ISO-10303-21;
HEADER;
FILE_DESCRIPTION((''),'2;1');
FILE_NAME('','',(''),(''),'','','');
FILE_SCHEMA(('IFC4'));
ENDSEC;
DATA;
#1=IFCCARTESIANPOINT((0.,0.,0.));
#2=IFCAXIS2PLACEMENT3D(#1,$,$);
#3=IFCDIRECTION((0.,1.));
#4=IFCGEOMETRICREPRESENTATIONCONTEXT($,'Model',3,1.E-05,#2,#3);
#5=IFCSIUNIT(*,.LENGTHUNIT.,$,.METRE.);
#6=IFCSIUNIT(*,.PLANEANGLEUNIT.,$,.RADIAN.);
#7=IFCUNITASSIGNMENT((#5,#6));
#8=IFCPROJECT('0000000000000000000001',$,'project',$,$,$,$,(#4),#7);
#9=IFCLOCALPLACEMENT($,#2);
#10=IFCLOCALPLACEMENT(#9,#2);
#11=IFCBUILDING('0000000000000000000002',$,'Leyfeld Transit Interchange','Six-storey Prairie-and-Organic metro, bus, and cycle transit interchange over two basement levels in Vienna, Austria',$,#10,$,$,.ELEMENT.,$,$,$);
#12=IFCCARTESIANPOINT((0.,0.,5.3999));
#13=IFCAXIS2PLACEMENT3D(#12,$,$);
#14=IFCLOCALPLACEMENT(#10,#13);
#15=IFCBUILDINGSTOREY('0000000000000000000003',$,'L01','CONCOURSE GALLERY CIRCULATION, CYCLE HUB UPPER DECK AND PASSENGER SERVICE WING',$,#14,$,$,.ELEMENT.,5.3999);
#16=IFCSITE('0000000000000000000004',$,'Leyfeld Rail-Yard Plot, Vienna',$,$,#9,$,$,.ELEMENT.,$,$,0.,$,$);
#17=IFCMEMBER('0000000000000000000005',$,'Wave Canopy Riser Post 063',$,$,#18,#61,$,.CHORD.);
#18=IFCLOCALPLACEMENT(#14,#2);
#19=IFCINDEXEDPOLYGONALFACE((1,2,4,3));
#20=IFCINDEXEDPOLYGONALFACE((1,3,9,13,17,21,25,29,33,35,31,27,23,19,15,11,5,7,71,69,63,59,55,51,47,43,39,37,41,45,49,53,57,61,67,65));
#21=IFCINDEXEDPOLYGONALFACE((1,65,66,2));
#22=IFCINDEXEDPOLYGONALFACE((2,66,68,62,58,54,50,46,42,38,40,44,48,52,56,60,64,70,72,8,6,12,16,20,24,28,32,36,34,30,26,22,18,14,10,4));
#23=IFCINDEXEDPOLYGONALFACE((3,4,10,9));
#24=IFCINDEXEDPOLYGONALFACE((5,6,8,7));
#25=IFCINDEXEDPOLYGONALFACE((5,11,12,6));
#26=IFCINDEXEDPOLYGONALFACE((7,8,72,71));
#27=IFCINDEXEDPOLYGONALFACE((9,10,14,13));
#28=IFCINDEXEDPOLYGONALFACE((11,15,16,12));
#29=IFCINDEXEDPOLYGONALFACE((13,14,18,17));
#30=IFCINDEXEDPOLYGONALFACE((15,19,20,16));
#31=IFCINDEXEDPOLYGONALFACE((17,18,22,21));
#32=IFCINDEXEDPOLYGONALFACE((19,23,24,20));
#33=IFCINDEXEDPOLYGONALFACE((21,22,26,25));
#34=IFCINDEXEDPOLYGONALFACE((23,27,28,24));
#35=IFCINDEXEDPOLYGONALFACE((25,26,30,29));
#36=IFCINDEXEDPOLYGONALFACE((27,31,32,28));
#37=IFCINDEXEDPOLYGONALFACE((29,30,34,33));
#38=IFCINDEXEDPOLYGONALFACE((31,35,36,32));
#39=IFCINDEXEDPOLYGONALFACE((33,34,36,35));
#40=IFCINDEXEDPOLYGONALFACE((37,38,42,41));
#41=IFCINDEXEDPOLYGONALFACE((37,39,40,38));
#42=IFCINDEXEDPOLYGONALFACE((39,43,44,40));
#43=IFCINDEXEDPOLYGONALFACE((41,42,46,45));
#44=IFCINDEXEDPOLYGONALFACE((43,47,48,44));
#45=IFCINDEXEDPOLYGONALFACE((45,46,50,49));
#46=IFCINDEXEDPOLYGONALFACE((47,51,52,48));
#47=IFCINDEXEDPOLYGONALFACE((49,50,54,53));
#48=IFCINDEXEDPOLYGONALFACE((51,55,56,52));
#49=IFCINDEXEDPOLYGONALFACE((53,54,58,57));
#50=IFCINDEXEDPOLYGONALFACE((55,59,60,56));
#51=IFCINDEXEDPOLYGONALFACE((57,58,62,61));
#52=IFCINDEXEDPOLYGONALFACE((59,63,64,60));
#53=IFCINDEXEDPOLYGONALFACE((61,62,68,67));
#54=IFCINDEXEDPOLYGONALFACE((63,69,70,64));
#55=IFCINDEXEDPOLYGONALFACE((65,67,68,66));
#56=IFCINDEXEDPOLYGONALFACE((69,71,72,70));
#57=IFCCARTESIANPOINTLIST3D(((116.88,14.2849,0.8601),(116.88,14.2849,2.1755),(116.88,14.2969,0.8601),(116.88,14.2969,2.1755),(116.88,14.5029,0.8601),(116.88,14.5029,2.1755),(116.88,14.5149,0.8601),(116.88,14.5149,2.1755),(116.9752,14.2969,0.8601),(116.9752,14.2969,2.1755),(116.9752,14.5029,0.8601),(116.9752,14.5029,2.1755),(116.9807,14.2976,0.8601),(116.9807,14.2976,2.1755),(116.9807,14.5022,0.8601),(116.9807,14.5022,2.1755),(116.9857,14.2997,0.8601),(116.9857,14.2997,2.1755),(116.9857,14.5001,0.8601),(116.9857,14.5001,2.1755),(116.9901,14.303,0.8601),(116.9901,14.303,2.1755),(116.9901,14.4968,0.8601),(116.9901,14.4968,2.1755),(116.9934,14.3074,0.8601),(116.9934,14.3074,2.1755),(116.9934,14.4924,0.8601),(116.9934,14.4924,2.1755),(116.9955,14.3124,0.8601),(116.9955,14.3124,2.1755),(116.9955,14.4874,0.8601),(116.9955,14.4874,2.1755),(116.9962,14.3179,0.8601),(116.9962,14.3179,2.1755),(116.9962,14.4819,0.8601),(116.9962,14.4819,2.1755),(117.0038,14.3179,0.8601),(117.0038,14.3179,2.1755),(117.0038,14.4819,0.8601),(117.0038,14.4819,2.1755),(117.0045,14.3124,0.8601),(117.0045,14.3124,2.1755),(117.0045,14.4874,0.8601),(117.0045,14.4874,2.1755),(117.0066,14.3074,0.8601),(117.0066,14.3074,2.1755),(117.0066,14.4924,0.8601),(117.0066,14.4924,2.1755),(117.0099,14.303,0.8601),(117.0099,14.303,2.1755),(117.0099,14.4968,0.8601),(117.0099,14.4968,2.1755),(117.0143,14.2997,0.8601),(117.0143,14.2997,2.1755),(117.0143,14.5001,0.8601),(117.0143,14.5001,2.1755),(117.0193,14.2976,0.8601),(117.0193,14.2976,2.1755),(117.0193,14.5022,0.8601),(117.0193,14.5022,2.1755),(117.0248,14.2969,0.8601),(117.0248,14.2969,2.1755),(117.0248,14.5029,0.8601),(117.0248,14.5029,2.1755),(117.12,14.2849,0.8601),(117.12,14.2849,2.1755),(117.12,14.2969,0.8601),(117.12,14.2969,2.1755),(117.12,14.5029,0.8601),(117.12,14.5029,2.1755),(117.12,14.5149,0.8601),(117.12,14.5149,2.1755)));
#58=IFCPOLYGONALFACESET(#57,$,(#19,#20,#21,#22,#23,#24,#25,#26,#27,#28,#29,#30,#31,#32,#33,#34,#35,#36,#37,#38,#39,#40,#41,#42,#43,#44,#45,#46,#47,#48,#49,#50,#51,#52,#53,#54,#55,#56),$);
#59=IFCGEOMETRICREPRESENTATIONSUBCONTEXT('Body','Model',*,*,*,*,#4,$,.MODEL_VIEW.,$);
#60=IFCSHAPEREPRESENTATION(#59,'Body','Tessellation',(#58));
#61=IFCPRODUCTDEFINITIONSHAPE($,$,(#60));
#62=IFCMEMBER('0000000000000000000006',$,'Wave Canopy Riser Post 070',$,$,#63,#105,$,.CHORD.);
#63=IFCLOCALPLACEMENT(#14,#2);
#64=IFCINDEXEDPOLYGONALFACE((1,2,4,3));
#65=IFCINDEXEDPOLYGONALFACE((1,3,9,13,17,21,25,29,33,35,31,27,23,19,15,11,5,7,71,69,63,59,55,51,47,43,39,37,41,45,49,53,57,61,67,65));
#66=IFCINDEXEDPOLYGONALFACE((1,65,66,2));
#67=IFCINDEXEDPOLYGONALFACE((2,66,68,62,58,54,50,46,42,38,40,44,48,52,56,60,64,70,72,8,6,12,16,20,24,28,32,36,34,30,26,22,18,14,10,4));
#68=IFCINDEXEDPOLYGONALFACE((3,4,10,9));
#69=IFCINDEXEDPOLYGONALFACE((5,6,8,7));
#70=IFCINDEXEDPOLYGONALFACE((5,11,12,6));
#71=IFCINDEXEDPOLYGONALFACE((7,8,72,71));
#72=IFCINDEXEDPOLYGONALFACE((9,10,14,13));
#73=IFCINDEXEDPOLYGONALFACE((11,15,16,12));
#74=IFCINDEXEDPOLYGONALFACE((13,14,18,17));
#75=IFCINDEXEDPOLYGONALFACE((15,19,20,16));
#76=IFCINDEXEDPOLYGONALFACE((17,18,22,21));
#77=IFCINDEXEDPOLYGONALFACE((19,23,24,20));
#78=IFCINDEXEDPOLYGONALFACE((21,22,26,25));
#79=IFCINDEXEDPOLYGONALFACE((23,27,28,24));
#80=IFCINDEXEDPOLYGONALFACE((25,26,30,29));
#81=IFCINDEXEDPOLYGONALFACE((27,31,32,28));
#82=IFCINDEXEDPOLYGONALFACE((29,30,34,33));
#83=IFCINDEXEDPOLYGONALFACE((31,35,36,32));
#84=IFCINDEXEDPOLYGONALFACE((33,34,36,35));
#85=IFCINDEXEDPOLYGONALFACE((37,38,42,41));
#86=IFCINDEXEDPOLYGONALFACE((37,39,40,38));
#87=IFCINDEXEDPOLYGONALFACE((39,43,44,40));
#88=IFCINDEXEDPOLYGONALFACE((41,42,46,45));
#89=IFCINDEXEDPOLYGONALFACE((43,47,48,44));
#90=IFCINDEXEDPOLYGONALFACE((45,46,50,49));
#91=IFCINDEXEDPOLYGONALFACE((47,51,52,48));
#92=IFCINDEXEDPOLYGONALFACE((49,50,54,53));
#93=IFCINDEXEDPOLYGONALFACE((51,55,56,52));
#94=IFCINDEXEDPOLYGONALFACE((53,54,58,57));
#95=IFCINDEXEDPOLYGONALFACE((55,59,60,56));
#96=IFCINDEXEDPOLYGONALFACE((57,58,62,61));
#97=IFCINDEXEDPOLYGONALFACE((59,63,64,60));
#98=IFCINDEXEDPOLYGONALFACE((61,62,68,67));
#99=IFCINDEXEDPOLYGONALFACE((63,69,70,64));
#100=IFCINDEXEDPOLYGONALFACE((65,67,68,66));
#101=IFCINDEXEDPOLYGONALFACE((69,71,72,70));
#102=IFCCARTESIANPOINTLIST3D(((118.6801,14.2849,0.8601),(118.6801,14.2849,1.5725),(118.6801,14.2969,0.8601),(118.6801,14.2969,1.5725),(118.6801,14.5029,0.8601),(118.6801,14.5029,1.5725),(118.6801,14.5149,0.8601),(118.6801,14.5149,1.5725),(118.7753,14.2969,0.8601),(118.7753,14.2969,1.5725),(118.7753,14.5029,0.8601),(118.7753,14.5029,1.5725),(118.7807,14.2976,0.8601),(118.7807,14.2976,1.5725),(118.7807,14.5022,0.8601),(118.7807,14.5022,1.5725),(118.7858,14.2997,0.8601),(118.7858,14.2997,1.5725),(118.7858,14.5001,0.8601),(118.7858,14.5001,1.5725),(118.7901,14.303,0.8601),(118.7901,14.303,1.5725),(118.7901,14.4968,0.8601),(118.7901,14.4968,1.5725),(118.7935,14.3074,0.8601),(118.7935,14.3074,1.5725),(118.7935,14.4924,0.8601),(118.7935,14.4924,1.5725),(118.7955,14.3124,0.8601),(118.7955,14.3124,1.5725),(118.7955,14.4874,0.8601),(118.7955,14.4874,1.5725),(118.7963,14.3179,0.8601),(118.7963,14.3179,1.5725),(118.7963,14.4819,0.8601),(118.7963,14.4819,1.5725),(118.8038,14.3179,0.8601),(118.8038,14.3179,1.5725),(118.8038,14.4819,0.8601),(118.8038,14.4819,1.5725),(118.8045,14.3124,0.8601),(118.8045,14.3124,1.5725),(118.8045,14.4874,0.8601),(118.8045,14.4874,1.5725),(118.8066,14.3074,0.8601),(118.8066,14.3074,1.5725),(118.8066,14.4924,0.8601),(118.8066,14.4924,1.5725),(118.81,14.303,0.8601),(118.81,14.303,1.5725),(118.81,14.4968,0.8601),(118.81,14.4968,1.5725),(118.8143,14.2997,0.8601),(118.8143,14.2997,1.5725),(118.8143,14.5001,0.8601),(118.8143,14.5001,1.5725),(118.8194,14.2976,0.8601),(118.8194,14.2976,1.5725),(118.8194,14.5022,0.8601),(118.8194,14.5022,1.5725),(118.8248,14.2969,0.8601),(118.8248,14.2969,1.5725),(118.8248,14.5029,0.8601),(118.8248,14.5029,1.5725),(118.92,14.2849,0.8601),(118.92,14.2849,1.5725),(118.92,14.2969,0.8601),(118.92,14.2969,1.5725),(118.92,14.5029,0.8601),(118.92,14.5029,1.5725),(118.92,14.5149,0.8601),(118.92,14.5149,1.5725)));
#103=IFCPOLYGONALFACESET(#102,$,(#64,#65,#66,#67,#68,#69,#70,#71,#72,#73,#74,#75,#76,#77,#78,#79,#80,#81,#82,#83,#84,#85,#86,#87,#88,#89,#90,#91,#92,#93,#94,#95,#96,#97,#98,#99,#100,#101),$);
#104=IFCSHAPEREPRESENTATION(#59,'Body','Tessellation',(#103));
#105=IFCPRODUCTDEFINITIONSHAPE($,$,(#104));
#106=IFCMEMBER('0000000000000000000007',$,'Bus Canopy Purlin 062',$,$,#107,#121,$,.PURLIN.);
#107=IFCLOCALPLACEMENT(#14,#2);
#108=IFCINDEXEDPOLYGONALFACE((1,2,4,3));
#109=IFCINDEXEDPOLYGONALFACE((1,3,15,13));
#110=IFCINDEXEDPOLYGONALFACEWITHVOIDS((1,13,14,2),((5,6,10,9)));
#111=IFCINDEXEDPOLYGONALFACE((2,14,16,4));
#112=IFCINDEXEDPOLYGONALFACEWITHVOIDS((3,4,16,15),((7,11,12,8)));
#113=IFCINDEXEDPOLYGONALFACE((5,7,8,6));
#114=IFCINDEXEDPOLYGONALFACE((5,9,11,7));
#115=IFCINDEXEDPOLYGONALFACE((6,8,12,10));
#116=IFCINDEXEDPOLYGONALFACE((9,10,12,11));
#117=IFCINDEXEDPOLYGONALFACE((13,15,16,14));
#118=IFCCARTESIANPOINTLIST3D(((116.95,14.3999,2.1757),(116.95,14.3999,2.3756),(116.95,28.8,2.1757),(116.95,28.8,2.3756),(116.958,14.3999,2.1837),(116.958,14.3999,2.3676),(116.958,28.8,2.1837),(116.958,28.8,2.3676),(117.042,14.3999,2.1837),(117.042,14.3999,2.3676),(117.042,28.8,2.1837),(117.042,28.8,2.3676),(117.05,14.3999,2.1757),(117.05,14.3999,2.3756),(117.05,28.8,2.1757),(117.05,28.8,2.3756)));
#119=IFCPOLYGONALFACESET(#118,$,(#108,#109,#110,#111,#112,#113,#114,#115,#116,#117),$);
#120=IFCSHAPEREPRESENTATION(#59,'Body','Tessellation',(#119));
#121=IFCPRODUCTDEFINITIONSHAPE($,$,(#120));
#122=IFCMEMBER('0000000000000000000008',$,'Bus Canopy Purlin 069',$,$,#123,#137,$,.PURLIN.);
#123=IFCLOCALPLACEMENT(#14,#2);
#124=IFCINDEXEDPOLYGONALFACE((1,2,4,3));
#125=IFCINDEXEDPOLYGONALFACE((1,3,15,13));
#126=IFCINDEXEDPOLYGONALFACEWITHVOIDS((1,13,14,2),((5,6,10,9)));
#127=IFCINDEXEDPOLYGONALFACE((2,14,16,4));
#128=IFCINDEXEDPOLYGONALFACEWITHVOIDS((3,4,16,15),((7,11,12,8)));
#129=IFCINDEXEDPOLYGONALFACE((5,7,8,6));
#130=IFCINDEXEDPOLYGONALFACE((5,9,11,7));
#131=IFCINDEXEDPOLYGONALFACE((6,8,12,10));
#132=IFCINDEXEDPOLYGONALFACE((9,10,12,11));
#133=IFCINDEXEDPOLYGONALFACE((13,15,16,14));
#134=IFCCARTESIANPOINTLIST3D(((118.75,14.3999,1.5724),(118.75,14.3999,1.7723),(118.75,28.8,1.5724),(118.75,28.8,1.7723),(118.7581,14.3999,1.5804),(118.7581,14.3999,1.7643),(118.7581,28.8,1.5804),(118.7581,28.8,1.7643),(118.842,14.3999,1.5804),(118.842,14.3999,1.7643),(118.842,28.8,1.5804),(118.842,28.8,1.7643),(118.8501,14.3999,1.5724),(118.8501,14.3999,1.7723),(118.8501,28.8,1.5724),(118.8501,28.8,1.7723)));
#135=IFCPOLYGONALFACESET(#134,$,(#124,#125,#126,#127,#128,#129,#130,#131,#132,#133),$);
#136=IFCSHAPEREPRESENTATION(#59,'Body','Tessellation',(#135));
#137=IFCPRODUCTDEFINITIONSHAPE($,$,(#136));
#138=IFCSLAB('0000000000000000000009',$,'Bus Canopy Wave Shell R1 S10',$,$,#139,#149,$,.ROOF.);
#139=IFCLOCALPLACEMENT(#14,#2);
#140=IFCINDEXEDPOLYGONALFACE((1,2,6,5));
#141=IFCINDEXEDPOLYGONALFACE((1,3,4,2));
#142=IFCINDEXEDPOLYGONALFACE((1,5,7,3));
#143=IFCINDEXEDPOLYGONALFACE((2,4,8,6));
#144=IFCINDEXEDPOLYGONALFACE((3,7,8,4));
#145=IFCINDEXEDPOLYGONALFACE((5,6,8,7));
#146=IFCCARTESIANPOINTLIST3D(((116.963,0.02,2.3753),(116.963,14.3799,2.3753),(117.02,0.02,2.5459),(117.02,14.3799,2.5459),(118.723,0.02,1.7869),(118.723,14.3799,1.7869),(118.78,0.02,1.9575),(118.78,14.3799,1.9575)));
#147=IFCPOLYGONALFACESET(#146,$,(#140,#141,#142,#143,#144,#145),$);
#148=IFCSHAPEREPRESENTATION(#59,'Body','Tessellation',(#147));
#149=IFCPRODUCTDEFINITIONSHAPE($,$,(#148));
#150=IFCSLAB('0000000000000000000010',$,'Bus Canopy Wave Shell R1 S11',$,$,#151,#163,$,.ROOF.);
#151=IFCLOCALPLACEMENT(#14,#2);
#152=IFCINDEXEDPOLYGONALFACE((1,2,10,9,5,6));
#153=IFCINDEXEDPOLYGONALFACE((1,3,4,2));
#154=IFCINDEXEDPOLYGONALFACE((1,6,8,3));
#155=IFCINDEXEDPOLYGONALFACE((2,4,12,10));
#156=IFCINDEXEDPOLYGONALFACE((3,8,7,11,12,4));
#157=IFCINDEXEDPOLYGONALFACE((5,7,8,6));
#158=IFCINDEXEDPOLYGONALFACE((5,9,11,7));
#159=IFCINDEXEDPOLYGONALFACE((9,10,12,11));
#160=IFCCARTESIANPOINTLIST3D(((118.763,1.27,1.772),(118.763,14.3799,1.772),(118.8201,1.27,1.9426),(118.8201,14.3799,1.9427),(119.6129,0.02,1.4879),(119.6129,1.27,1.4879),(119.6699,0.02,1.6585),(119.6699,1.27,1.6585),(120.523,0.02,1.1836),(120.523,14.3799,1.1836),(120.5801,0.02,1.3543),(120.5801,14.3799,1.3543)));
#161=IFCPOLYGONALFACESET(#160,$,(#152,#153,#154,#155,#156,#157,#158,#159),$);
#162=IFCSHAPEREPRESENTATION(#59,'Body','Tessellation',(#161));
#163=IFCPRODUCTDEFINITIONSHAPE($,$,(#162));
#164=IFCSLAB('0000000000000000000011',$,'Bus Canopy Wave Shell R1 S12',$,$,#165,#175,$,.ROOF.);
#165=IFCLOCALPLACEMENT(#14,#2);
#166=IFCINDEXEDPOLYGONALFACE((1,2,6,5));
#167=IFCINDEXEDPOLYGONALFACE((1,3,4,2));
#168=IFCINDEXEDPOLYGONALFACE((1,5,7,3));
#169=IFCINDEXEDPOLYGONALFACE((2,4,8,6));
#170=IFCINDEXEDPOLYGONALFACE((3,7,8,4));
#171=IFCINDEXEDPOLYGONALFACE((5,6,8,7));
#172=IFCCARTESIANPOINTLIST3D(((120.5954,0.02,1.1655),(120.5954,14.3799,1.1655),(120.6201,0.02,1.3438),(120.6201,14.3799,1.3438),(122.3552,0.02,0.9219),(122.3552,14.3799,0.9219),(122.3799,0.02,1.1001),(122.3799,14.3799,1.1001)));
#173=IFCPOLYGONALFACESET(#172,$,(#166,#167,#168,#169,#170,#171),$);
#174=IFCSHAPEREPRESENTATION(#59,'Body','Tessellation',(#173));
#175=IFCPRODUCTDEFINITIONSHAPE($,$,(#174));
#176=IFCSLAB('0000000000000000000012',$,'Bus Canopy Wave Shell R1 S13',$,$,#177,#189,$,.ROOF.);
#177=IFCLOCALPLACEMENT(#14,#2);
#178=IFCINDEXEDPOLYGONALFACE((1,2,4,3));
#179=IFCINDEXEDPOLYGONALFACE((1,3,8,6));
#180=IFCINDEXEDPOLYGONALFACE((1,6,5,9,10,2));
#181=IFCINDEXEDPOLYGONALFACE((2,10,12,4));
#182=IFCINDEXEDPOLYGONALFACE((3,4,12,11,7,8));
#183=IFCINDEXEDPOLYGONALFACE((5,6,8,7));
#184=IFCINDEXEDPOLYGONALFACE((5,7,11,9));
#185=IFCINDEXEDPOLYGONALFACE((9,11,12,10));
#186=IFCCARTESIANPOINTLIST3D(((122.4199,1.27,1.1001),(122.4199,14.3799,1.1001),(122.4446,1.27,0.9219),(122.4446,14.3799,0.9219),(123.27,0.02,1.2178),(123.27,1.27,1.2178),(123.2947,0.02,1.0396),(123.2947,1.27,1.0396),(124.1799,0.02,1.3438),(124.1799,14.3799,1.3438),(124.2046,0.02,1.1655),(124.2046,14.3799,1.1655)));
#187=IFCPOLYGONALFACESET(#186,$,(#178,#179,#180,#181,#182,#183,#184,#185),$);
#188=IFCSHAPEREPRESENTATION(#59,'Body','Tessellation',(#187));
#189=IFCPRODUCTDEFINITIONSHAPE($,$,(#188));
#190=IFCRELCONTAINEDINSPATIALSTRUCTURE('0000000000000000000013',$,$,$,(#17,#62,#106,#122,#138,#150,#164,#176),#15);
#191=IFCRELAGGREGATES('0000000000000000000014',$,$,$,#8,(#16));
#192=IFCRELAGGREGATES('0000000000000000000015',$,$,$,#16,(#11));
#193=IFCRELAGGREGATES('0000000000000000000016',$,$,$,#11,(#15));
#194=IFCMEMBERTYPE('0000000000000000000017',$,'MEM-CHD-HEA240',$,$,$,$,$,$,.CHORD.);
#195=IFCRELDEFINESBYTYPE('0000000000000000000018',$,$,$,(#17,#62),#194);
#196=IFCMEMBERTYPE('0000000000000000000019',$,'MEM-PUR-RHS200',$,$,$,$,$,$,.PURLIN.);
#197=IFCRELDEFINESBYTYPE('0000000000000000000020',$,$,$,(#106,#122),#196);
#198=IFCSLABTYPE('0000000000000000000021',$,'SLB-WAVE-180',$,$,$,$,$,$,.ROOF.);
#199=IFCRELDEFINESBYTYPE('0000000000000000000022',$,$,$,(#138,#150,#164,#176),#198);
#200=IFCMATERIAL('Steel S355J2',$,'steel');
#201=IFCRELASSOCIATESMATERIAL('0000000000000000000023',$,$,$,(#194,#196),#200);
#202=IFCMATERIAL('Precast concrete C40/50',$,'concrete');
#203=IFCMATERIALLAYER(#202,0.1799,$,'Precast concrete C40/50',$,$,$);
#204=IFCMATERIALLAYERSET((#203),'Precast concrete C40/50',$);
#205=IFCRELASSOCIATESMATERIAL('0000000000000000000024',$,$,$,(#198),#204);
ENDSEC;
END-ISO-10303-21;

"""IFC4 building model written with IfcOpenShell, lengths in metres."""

from ifc_helpers import new_model, si_unit, direction, frame, origin, origin_2d, place, context, subcontext, project, spatial, polyline, hollow_rectangle, i_section, outline, extrude, material, layer, layer_set, material_profile, profile_set, type_object, element, save


model = new_model("IFC4")

# Units and contexts
model_context = context("Model", 3, precision=1e-05, world=origin(), true_north=direction((0.0, 1.0)))
body_context = subcontext(model_context, "Body", "Model", "MODEL_VIEW")
ifc_project = project(units=[si_unit("LENGTHUNIT", "METRE"), si_unit("PLANEANGLEUNIT", "RADIAN")], contexts=[model_context])

# Site, building, storey
site_placement = place(None, origin())
site = spatial("IfcSite", under=ifc_project, at=site_placement, Name="Leyfeld Rail-Yard Plot, Vienna", CompositionType="ELEMENT", RefElevation=0.0)
building_placement = place(site_placement, origin())
building = spatial("IfcBuilding", under=site, at=building_placement, Name="Leyfeld Transit Interchange", Description="Six-storey Prairie-and-Organic metro, bus, and cycle transit interchange over two basement levels in Vienna, Austria", CompositionType="ELEMENT")
storey_placement = place(building_placement, frame((0.0, 0.0, 5.3999)))
storey = spatial("IfcBuildingStorey", under=building, at=storey_placement, Name="L01", Description="CONCOURSE GALLERY CIRCULATION, CYCLE HUB UPPER DECK AND PASSENGER SERVICE WING", CompositionType="ELEMENT", Elevation=5.3999)

# Members
ifc_material_1 = material(Name="Steel S355J2", Category="steel")
ifc_material_profile_1 = material_profile(ifc_material_1, i_section(OverallWidth=0.24, OverallDepth=0.23, WebThickness=0.0076, FlangeThickness=0.012, FilletRadius=0.021, at=origin_2d()), Name="HEA 240")
ifc_profile_set_1 = profile_set([ifc_material_profile_1], Name="Steel S355J2")
member_type_1 = type_object("IfcMemberType", Name="MEM-CHD-HEA240", PredefinedType="CHORD", material=ifc_profile_set_1)
member_1_placement = place(storey_placement, frame((117.0, 14.3999, 0.8601), z_axis=(0.0, 0.0, 1.0), x_axis=(1.0, 0.0, 0.0)))
element("IfcMember", 1, at=member_1_placement, inside=storey, type_object=member_type_1, Name="Wave Canopy Riser Post 063", PredefinedType="CHORD", context=body_context, shape_type="SweptSolid", body=[
    extrude(i_section(OverallWidth=0.24, OverallDepth=0.23, WebThickness=0.0076, FlangeThickness=0.012, FilletRadius=0.021, at=origin_2d()), origin(), (0.0, 0.0, 1.0), 1.3154),
])
member_2_placement = place(storey_placement, frame((118.8, 14.3999, 0.8601), z_axis=(0.0, 0.0, 1.0), x_axis=(1.0, 0.0, 0.0)))
element("IfcMember", 2, at=member_2_placement, inside=storey, type_object=member_type_1, Name="Wave Canopy Riser Post 070", PredefinedType="CHORD", context=body_context, shape_type="SweptSolid", body=[
    extrude(i_section(OverallWidth=0.24, OverallDepth=0.23, WebThickness=0.0076, FlangeThickness=0.012, FilletRadius=0.021, at=origin_2d()), origin(), (0.0, 0.0, 1.0), 0.7124),
])
ifc_material_profile_2 = material_profile(ifc_material_1, hollow_rectangle(XDim=0.1001, YDim=0.2, WallThickness=0.0081, at=origin_2d()), Name="RHS 200x100x8")
ifc_profile_set_2 = profile_set([ifc_material_profile_2], Name="Steel S355J2")
member_type_2 = type_object("IfcMemberType", Name="MEM-PUR-RHS200", PredefinedType="PURLIN", material=ifc_profile_set_2)
for number, where, z_axis, x_axis, name in (
    (3, (117.0, 14.3999, 2.2756), (0.0, 1.0, 0.0), (-1.0, 0.0, 0.0), "Bus Canopy Purlin 062"),
    (4, (118.8, 14.3999, 1.6724), (0.0, 1.0, 0.0), (-1.0, 0.0, 0.0), "Bus Canopy Purlin 069"),
):
    element("IfcMember", number, at=place(storey_placement, frame(where, z_axis=z_axis, x_axis=x_axis)), inside=storey, type_object=member_type_2, Name=name, PredefinedType="PURLIN", context=body_context, shape_type="SweptSolid", body=[
        extrude(hollow_rectangle(XDim=0.1001, YDim=0.2, WallThickness=0.0081, at=origin_2d()), origin(), (0.0, 0.0, 1.0), 14.4001),
    ])

# Slabs
ifc_material_2 = material(Name="Precast concrete C40/50", Category="concrete")
ifc_layer = layer(ifc_material_2, 0.1799, Name="Precast concrete C40/50")
ifc_layer_set = layer_set([ifc_layer], Name="Precast concrete C40/50")
slab_type = type_object("IfcSlabType", Name="SLB-WAVE-180", PredefinedType="ROOF", material=ifc_layer_set)
slab_1_placement = place(storey_placement, frame((117.02, 0.02, 2.5459), z_axis=(0.317056, 0.0, 0.948407), x_axis=(0.948407, 0.0, -0.317056)))
element("IfcSlab", 5, at=slab_1_placement, inside=storey, type_object=slab_type, Name="Bus Canopy Wave Shell R1 S10", PredefinedType="ROOF", context=body_context, shape_type="SweptSolid", body=[
    extrude(outline(polyline([(0.0, 0.0), (1.8558, 0.0), (1.8558, 14.3599), (0.0, 14.3599), (0.0, 0.0)])), origin(), (0.0, 0.0, -1.0), 0.1799),
])
slab_2_placement = place(storey_placement, frame((118.8201, 1.27, 1.9426), z_axis=(0.317053, -0.000002, 0.948408), x_axis=(0.948408, 0.0, -0.317053)))
element("IfcSlab", 6, at=slab_2_placement, inside=storey, type_object=slab_type, Name="Bus Canopy Wave Shell R1 S11", PredefinedType="ROOF", context=body_context, shape_type="SweptSolid", body=[
    extrude(outline(polyline([(0.0, 0.0), (0.8961, 0.0), (0.8961, -1.25), (1.8558, -1.25), (1.8558, 13.1099), (0.0, 13.1099), (0.0, 0.0)])), origin(), (0.0, 0.0, -1.0), 0.1799),
])
slab_3_placement = place(storey_placement, frame((120.6201, 0.02, 1.3438), z_axis=(0.137149, 0.0, 0.99055), x_axis=(0.99055, 0.0, -0.137149)))
element("IfcSlab", 7, at=slab_3_placement, inside=storey, type_object=slab_type, Name="Bus Canopy Wave Shell R1 S12", PredefinedType="ROOF", context=body_context, shape_type="SweptSolid", body=[
    extrude(outline(polyline([(0.0, 0.0), (1.7766, 0.0), (1.7766, 14.3599), (0.0, 14.3599), (0.0, 0.0)])), origin(), (0.0, 0.0, -1.0), 0.1799),
])
slab_4_placement = place(storey_placement, frame((122.4199, 1.27, 1.1001), z_axis=(-0.137131, 0.0, 0.990553), x_axis=(0.990553, 0.0, 0.137131)))
element("IfcSlab", 8, at=slab_4_placement, inside=storey, type_object=slab_type, Name="Bus Canopy Wave Shell R1 S13", PredefinedType="ROOF", context=body_context, shape_type="SweptSolid", body=[
    extrude(outline(polyline([(0.0, 0.0), (0.8582, 0.0), (0.8582, -1.25), (1.7768, -1.25), (1.7768, 13.1099), (0.0, 13.1099), (0.0, 0.0)])), origin(), (0.0, 0.0, -1.0), 0.1799),
])

save(model, "model.ifc")
